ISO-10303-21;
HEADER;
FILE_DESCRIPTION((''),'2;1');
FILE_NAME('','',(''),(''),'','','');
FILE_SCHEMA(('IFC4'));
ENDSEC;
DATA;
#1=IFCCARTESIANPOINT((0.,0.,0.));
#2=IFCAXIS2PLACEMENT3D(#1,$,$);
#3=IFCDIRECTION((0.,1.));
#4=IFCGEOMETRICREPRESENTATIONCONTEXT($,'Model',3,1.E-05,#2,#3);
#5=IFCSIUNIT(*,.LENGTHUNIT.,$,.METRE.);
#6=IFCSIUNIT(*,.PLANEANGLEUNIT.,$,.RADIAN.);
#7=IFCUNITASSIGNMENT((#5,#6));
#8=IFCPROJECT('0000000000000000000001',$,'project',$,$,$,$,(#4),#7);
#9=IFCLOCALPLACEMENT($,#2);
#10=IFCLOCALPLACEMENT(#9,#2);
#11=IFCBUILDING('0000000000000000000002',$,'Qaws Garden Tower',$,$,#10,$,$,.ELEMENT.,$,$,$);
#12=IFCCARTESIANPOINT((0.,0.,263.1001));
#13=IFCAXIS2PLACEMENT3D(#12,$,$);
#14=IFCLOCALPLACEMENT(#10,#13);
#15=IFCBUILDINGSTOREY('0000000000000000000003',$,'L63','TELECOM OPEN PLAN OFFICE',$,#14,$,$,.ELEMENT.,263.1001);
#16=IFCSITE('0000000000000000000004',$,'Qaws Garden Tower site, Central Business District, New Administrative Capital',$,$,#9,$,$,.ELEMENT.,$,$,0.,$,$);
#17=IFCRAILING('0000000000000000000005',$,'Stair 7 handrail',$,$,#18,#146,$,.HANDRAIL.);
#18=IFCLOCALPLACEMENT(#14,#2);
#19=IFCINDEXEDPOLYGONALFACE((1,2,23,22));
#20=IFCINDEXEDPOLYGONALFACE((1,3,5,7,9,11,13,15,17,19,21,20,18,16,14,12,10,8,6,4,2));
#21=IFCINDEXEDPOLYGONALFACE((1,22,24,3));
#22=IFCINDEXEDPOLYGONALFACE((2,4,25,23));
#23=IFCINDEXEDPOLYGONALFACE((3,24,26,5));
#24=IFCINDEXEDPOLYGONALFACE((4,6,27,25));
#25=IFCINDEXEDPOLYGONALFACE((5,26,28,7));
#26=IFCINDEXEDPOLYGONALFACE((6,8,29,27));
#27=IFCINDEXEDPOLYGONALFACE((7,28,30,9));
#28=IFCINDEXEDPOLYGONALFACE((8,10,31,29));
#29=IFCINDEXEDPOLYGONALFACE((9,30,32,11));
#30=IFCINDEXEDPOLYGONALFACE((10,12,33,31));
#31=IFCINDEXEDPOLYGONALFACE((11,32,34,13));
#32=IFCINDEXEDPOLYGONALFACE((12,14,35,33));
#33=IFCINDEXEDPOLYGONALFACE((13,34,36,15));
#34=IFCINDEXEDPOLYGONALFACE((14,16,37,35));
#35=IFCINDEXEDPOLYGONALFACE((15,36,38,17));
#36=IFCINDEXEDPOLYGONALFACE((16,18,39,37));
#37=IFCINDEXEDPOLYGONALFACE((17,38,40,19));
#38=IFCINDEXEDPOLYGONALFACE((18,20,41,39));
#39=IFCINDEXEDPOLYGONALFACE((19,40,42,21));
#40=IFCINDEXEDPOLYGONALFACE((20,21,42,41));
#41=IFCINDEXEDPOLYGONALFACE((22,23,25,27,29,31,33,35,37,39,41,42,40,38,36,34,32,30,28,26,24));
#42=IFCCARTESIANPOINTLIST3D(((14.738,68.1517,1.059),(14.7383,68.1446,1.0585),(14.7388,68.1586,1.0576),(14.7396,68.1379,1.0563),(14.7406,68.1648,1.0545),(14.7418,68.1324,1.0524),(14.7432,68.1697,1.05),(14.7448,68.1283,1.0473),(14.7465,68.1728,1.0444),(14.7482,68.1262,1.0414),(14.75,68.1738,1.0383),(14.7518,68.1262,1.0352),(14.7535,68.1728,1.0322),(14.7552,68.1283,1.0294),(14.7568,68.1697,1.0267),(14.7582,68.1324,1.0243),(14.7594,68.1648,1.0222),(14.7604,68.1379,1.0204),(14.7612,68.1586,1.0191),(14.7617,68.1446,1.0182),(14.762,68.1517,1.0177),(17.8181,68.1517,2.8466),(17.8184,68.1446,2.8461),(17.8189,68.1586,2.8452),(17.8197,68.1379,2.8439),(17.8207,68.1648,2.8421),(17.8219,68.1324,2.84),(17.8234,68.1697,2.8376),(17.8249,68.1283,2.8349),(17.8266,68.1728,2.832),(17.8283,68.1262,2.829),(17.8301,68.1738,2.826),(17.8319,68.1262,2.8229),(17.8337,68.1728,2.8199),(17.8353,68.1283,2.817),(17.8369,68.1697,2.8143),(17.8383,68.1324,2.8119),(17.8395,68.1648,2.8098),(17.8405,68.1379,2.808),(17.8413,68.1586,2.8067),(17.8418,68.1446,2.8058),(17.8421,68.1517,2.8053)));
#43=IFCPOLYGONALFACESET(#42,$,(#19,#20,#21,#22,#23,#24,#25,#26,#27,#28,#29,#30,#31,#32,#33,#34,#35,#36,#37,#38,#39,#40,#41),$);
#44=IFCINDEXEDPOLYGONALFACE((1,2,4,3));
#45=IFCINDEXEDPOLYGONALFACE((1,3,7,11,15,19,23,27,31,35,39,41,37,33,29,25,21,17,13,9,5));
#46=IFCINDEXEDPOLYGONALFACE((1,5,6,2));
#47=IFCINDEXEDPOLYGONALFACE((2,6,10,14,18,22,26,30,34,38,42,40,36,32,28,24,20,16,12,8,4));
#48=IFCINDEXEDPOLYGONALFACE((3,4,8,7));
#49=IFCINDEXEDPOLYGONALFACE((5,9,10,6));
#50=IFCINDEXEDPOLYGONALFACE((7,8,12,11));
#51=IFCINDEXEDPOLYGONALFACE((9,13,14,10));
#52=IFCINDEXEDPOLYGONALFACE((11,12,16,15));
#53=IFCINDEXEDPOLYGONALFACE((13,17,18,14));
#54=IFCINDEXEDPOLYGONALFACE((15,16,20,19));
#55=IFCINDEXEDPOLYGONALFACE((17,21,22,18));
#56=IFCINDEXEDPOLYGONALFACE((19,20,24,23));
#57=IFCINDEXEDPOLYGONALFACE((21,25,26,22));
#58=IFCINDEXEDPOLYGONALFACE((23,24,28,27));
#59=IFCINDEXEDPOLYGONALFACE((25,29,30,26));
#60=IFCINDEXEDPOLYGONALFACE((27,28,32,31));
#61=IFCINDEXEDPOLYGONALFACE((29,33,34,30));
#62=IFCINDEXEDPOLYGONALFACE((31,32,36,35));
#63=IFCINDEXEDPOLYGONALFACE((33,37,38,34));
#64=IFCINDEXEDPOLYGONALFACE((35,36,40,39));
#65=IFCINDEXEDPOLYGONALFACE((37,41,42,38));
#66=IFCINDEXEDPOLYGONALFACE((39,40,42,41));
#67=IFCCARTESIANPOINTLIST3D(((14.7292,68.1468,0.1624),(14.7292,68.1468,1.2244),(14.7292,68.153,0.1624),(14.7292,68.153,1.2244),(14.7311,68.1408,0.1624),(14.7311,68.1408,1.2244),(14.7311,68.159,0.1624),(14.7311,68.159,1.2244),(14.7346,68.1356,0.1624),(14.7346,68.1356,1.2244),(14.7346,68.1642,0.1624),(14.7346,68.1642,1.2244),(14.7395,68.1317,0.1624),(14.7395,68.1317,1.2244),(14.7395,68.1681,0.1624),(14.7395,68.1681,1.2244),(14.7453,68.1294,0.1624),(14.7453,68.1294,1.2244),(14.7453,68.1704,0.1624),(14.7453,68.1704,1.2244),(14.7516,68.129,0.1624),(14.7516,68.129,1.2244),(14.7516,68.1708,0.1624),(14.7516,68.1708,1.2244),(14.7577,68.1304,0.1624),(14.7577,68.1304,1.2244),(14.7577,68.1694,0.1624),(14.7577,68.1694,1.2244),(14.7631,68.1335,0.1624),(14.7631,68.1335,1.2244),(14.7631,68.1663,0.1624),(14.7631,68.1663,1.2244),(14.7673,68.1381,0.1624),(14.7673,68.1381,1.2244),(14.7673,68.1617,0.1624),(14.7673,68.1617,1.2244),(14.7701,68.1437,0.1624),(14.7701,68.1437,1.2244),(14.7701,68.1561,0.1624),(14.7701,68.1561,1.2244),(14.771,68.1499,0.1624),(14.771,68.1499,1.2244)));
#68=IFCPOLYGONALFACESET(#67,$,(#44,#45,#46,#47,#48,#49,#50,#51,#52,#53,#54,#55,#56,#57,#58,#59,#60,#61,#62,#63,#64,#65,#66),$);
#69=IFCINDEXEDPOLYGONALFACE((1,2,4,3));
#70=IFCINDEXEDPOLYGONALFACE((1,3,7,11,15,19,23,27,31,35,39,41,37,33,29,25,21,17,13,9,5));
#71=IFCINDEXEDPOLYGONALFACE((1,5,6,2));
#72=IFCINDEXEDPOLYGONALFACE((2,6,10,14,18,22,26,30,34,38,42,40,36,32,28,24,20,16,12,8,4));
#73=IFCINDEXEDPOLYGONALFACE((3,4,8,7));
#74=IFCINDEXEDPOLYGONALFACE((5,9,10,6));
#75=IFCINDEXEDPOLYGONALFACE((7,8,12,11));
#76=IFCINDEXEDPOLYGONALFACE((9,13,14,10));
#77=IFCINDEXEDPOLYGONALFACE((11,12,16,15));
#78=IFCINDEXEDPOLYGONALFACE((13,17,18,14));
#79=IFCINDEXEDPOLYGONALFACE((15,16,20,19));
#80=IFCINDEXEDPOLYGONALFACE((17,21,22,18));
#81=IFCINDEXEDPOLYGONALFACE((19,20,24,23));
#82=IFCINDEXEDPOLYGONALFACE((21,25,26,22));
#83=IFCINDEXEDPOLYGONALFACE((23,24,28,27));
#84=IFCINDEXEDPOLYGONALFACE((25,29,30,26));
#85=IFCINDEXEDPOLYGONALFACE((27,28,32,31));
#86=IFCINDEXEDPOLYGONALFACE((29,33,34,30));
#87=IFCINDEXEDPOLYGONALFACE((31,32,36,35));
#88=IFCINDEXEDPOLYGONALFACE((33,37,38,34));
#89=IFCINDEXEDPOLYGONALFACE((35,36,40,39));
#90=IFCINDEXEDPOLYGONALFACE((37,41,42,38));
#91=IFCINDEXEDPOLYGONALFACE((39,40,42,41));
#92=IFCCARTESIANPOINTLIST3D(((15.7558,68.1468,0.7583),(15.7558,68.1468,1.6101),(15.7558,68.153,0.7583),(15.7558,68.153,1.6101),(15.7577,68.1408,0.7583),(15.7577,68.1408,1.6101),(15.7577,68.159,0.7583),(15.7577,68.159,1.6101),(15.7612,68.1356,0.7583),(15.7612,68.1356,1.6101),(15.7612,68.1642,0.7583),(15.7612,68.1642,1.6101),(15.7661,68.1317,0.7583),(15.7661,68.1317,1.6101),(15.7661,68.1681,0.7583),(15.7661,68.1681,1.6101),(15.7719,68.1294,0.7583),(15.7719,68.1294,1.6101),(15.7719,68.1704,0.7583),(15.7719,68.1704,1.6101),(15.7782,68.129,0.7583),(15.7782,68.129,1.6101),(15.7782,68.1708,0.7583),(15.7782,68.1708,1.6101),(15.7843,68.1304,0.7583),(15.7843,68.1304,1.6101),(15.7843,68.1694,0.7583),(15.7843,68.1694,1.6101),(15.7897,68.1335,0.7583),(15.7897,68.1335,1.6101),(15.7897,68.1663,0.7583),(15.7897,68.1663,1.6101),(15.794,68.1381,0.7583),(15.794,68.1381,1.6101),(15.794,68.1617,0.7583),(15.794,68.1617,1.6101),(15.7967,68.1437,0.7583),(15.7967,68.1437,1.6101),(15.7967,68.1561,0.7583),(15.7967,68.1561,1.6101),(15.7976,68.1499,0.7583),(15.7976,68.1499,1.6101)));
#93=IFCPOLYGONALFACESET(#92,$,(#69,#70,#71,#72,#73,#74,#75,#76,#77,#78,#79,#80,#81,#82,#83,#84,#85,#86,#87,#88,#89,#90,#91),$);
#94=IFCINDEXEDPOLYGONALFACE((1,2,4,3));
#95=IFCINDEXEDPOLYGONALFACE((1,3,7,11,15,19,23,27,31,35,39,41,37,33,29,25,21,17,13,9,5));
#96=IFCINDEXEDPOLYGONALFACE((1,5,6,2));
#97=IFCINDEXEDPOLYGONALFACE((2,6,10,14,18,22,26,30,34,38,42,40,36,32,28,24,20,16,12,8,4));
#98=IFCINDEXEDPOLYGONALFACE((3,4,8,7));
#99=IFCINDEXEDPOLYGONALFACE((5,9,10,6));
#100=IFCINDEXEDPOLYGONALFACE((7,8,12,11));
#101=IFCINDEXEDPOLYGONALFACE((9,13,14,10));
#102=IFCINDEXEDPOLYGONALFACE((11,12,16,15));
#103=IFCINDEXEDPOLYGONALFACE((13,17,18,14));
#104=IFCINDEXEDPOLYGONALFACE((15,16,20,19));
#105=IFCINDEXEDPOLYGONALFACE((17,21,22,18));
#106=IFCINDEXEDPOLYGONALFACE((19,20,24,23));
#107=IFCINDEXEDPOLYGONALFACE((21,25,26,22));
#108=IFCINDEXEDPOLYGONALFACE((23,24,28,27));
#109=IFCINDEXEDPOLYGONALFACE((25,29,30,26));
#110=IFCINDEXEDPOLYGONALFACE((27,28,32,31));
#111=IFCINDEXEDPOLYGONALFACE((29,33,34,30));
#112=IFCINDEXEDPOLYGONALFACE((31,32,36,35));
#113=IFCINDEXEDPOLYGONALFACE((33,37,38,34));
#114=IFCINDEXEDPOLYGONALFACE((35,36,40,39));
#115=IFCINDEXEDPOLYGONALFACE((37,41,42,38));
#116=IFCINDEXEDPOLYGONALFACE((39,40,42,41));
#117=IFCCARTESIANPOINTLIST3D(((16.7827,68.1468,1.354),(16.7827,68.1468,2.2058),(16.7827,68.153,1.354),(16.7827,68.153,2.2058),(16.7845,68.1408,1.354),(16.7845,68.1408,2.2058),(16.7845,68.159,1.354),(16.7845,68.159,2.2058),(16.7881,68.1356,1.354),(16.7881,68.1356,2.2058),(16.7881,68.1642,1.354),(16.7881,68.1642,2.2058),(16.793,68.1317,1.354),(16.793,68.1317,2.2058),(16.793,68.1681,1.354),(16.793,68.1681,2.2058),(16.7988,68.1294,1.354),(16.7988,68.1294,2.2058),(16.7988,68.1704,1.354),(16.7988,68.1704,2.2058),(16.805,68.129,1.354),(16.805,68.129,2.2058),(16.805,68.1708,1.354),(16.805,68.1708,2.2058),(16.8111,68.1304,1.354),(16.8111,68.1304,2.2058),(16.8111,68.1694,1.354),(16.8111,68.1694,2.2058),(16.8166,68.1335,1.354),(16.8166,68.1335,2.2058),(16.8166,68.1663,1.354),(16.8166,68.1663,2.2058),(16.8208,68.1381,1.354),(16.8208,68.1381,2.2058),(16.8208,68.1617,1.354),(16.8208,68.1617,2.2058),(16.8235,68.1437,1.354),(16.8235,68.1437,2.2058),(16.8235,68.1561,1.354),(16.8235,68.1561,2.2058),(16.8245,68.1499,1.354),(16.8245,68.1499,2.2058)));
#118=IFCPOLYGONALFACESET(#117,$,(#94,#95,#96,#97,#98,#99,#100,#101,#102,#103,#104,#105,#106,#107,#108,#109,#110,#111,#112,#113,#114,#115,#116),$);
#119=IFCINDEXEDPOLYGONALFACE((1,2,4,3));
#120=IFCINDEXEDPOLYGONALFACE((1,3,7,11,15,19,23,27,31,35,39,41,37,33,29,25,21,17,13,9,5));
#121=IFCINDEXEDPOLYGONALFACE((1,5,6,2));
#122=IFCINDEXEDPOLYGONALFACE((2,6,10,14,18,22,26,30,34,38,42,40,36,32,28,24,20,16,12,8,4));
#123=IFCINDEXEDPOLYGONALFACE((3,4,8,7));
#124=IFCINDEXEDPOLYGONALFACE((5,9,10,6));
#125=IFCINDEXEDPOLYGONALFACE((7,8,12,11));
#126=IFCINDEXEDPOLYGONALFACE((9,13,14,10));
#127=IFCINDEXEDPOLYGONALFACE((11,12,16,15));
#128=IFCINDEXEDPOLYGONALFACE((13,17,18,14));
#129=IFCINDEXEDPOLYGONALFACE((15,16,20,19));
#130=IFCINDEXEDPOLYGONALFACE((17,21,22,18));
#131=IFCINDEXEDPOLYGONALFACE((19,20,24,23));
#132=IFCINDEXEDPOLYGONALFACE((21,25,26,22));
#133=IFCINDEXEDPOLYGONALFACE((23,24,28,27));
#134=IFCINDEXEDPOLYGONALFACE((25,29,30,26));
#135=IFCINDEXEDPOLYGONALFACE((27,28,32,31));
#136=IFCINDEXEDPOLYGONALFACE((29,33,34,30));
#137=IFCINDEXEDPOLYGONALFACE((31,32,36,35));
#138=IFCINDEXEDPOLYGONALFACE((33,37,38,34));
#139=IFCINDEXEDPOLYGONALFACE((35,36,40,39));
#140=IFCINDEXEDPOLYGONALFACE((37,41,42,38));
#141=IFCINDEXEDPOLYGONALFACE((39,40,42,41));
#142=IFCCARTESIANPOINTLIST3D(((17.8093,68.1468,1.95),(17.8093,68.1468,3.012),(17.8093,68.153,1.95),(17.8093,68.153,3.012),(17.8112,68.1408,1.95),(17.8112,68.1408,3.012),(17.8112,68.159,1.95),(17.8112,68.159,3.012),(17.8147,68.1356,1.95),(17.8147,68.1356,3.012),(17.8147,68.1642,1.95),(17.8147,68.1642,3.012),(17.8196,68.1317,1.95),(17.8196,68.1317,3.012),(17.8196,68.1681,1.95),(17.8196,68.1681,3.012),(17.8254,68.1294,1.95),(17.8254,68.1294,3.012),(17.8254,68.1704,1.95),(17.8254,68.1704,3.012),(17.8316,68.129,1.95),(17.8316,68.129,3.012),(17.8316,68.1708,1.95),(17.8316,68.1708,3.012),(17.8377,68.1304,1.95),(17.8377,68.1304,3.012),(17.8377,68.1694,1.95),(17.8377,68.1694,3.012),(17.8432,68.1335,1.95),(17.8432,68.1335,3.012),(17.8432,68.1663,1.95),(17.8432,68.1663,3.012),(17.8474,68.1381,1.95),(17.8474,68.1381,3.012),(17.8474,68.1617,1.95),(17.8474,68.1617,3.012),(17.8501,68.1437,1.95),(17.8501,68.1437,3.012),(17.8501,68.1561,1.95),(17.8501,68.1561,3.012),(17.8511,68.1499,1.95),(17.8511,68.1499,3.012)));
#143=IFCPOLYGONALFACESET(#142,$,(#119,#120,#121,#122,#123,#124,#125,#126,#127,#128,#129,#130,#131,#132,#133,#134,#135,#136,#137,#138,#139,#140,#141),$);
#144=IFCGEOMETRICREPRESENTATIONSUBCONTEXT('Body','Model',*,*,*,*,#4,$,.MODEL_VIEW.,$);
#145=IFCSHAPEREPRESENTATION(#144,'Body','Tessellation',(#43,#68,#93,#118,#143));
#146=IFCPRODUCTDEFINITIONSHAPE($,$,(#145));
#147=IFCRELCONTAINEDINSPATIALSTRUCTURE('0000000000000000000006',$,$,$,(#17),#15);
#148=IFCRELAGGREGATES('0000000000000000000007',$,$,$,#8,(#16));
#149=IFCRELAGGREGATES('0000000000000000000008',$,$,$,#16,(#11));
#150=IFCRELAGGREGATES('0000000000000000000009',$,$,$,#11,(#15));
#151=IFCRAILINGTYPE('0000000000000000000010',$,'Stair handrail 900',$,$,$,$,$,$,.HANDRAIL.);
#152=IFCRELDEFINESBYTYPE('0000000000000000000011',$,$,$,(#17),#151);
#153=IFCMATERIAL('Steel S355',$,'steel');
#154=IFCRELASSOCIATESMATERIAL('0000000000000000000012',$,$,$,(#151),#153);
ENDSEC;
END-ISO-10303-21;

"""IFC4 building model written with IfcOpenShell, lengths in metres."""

from ifc_helpers import new_model, si_unit, direction, frame, origin, origin_2d, place, context, subcontext, project, spatial, circle, extrude, material, type_object, element, save


model = new_model("IFC4")

# Units and contexts
model_context = context("Model", 3, precision=1e-05, world=origin(), true_north=direction((0.0, 1.0)))
body_context = subcontext(model_context, "Body", "Model", "MODEL_VIEW")
ifc_project = project(units=[si_unit("LENGTHUNIT", "METRE"), si_unit("PLANEANGLEUNIT", "RADIAN")], contexts=[model_context])

# Site, building, storey
site_placement = place(None, origin())
site = spatial("IfcSite", under=ifc_project, at=site_placement, Name="Qaws Garden Tower site, Central Business District, New Administrative Capital", CompositionType="ELEMENT", RefElevation=0.0)
building_placement = place(site_placement, origin())
building = spatial("IfcBuilding", under=site, at=building_placement, Name="Qaws Garden Tower", CompositionType="ELEMENT")
storey_placement = place(building_placement, frame((0.0, 0.0, 263.1001)))
storey = spatial("IfcBuildingStorey", under=building, at=storey_placement, Name="L63", Description="TELECOM OPEN PLAN OFFICE", CompositionType="ELEMENT", Elevation=263.1001)

# Railing
ifc_material_1 = material(Name="Steel S355", Category="steel")
railing_type = type_object("IfcRailingType", Name="Stair handrail 900", PredefinedType="HANDRAIL", material=ifc_material_1)
railing_1_placement = place(storey_placement, frame((14.75, 68.1499, 0.1624)))
element("IfcRailing", 1, at=railing_1_placement, inside=storey, type_object=railing_type, Name="Stair 7 handrail", PredefinedType="HANDRAIL", context=body_context, shape_type="SweptSolid", body=[
    extrude(circle(Radius=0.0239, at=origin_2d()), frame((0.0, 0.0, 0.876), z_axis=(0.864891, 0.0, 0.50196), x_axis=(0.0, 1.0, 0.0)), (0.0, 0.0, 1.0), 3.5613),
    extrude(circle(Radius=0.021, at=origin_2d()), origin(), (0.0, 0.0, 1.0), 1.062),
    extrude(circle(Radius=0.021, at=origin_2d()), frame((1.0266, 0.0, 0.5959)), (0.0, 0.0, 1.0), 0.8518),
    extrude(circle(Radius=0.021, at=origin_2d()), frame((2.0535, 0.0, 1.1917)), (0.0, 0.0, 1.0), 0.8518),
    extrude(circle(Radius=0.021, at=origin_2d()), frame((3.0801, 0.0, 1.7876)), (0.0, 0.0, 1.0), 1.062),
])

save(model, "model.ifc")
